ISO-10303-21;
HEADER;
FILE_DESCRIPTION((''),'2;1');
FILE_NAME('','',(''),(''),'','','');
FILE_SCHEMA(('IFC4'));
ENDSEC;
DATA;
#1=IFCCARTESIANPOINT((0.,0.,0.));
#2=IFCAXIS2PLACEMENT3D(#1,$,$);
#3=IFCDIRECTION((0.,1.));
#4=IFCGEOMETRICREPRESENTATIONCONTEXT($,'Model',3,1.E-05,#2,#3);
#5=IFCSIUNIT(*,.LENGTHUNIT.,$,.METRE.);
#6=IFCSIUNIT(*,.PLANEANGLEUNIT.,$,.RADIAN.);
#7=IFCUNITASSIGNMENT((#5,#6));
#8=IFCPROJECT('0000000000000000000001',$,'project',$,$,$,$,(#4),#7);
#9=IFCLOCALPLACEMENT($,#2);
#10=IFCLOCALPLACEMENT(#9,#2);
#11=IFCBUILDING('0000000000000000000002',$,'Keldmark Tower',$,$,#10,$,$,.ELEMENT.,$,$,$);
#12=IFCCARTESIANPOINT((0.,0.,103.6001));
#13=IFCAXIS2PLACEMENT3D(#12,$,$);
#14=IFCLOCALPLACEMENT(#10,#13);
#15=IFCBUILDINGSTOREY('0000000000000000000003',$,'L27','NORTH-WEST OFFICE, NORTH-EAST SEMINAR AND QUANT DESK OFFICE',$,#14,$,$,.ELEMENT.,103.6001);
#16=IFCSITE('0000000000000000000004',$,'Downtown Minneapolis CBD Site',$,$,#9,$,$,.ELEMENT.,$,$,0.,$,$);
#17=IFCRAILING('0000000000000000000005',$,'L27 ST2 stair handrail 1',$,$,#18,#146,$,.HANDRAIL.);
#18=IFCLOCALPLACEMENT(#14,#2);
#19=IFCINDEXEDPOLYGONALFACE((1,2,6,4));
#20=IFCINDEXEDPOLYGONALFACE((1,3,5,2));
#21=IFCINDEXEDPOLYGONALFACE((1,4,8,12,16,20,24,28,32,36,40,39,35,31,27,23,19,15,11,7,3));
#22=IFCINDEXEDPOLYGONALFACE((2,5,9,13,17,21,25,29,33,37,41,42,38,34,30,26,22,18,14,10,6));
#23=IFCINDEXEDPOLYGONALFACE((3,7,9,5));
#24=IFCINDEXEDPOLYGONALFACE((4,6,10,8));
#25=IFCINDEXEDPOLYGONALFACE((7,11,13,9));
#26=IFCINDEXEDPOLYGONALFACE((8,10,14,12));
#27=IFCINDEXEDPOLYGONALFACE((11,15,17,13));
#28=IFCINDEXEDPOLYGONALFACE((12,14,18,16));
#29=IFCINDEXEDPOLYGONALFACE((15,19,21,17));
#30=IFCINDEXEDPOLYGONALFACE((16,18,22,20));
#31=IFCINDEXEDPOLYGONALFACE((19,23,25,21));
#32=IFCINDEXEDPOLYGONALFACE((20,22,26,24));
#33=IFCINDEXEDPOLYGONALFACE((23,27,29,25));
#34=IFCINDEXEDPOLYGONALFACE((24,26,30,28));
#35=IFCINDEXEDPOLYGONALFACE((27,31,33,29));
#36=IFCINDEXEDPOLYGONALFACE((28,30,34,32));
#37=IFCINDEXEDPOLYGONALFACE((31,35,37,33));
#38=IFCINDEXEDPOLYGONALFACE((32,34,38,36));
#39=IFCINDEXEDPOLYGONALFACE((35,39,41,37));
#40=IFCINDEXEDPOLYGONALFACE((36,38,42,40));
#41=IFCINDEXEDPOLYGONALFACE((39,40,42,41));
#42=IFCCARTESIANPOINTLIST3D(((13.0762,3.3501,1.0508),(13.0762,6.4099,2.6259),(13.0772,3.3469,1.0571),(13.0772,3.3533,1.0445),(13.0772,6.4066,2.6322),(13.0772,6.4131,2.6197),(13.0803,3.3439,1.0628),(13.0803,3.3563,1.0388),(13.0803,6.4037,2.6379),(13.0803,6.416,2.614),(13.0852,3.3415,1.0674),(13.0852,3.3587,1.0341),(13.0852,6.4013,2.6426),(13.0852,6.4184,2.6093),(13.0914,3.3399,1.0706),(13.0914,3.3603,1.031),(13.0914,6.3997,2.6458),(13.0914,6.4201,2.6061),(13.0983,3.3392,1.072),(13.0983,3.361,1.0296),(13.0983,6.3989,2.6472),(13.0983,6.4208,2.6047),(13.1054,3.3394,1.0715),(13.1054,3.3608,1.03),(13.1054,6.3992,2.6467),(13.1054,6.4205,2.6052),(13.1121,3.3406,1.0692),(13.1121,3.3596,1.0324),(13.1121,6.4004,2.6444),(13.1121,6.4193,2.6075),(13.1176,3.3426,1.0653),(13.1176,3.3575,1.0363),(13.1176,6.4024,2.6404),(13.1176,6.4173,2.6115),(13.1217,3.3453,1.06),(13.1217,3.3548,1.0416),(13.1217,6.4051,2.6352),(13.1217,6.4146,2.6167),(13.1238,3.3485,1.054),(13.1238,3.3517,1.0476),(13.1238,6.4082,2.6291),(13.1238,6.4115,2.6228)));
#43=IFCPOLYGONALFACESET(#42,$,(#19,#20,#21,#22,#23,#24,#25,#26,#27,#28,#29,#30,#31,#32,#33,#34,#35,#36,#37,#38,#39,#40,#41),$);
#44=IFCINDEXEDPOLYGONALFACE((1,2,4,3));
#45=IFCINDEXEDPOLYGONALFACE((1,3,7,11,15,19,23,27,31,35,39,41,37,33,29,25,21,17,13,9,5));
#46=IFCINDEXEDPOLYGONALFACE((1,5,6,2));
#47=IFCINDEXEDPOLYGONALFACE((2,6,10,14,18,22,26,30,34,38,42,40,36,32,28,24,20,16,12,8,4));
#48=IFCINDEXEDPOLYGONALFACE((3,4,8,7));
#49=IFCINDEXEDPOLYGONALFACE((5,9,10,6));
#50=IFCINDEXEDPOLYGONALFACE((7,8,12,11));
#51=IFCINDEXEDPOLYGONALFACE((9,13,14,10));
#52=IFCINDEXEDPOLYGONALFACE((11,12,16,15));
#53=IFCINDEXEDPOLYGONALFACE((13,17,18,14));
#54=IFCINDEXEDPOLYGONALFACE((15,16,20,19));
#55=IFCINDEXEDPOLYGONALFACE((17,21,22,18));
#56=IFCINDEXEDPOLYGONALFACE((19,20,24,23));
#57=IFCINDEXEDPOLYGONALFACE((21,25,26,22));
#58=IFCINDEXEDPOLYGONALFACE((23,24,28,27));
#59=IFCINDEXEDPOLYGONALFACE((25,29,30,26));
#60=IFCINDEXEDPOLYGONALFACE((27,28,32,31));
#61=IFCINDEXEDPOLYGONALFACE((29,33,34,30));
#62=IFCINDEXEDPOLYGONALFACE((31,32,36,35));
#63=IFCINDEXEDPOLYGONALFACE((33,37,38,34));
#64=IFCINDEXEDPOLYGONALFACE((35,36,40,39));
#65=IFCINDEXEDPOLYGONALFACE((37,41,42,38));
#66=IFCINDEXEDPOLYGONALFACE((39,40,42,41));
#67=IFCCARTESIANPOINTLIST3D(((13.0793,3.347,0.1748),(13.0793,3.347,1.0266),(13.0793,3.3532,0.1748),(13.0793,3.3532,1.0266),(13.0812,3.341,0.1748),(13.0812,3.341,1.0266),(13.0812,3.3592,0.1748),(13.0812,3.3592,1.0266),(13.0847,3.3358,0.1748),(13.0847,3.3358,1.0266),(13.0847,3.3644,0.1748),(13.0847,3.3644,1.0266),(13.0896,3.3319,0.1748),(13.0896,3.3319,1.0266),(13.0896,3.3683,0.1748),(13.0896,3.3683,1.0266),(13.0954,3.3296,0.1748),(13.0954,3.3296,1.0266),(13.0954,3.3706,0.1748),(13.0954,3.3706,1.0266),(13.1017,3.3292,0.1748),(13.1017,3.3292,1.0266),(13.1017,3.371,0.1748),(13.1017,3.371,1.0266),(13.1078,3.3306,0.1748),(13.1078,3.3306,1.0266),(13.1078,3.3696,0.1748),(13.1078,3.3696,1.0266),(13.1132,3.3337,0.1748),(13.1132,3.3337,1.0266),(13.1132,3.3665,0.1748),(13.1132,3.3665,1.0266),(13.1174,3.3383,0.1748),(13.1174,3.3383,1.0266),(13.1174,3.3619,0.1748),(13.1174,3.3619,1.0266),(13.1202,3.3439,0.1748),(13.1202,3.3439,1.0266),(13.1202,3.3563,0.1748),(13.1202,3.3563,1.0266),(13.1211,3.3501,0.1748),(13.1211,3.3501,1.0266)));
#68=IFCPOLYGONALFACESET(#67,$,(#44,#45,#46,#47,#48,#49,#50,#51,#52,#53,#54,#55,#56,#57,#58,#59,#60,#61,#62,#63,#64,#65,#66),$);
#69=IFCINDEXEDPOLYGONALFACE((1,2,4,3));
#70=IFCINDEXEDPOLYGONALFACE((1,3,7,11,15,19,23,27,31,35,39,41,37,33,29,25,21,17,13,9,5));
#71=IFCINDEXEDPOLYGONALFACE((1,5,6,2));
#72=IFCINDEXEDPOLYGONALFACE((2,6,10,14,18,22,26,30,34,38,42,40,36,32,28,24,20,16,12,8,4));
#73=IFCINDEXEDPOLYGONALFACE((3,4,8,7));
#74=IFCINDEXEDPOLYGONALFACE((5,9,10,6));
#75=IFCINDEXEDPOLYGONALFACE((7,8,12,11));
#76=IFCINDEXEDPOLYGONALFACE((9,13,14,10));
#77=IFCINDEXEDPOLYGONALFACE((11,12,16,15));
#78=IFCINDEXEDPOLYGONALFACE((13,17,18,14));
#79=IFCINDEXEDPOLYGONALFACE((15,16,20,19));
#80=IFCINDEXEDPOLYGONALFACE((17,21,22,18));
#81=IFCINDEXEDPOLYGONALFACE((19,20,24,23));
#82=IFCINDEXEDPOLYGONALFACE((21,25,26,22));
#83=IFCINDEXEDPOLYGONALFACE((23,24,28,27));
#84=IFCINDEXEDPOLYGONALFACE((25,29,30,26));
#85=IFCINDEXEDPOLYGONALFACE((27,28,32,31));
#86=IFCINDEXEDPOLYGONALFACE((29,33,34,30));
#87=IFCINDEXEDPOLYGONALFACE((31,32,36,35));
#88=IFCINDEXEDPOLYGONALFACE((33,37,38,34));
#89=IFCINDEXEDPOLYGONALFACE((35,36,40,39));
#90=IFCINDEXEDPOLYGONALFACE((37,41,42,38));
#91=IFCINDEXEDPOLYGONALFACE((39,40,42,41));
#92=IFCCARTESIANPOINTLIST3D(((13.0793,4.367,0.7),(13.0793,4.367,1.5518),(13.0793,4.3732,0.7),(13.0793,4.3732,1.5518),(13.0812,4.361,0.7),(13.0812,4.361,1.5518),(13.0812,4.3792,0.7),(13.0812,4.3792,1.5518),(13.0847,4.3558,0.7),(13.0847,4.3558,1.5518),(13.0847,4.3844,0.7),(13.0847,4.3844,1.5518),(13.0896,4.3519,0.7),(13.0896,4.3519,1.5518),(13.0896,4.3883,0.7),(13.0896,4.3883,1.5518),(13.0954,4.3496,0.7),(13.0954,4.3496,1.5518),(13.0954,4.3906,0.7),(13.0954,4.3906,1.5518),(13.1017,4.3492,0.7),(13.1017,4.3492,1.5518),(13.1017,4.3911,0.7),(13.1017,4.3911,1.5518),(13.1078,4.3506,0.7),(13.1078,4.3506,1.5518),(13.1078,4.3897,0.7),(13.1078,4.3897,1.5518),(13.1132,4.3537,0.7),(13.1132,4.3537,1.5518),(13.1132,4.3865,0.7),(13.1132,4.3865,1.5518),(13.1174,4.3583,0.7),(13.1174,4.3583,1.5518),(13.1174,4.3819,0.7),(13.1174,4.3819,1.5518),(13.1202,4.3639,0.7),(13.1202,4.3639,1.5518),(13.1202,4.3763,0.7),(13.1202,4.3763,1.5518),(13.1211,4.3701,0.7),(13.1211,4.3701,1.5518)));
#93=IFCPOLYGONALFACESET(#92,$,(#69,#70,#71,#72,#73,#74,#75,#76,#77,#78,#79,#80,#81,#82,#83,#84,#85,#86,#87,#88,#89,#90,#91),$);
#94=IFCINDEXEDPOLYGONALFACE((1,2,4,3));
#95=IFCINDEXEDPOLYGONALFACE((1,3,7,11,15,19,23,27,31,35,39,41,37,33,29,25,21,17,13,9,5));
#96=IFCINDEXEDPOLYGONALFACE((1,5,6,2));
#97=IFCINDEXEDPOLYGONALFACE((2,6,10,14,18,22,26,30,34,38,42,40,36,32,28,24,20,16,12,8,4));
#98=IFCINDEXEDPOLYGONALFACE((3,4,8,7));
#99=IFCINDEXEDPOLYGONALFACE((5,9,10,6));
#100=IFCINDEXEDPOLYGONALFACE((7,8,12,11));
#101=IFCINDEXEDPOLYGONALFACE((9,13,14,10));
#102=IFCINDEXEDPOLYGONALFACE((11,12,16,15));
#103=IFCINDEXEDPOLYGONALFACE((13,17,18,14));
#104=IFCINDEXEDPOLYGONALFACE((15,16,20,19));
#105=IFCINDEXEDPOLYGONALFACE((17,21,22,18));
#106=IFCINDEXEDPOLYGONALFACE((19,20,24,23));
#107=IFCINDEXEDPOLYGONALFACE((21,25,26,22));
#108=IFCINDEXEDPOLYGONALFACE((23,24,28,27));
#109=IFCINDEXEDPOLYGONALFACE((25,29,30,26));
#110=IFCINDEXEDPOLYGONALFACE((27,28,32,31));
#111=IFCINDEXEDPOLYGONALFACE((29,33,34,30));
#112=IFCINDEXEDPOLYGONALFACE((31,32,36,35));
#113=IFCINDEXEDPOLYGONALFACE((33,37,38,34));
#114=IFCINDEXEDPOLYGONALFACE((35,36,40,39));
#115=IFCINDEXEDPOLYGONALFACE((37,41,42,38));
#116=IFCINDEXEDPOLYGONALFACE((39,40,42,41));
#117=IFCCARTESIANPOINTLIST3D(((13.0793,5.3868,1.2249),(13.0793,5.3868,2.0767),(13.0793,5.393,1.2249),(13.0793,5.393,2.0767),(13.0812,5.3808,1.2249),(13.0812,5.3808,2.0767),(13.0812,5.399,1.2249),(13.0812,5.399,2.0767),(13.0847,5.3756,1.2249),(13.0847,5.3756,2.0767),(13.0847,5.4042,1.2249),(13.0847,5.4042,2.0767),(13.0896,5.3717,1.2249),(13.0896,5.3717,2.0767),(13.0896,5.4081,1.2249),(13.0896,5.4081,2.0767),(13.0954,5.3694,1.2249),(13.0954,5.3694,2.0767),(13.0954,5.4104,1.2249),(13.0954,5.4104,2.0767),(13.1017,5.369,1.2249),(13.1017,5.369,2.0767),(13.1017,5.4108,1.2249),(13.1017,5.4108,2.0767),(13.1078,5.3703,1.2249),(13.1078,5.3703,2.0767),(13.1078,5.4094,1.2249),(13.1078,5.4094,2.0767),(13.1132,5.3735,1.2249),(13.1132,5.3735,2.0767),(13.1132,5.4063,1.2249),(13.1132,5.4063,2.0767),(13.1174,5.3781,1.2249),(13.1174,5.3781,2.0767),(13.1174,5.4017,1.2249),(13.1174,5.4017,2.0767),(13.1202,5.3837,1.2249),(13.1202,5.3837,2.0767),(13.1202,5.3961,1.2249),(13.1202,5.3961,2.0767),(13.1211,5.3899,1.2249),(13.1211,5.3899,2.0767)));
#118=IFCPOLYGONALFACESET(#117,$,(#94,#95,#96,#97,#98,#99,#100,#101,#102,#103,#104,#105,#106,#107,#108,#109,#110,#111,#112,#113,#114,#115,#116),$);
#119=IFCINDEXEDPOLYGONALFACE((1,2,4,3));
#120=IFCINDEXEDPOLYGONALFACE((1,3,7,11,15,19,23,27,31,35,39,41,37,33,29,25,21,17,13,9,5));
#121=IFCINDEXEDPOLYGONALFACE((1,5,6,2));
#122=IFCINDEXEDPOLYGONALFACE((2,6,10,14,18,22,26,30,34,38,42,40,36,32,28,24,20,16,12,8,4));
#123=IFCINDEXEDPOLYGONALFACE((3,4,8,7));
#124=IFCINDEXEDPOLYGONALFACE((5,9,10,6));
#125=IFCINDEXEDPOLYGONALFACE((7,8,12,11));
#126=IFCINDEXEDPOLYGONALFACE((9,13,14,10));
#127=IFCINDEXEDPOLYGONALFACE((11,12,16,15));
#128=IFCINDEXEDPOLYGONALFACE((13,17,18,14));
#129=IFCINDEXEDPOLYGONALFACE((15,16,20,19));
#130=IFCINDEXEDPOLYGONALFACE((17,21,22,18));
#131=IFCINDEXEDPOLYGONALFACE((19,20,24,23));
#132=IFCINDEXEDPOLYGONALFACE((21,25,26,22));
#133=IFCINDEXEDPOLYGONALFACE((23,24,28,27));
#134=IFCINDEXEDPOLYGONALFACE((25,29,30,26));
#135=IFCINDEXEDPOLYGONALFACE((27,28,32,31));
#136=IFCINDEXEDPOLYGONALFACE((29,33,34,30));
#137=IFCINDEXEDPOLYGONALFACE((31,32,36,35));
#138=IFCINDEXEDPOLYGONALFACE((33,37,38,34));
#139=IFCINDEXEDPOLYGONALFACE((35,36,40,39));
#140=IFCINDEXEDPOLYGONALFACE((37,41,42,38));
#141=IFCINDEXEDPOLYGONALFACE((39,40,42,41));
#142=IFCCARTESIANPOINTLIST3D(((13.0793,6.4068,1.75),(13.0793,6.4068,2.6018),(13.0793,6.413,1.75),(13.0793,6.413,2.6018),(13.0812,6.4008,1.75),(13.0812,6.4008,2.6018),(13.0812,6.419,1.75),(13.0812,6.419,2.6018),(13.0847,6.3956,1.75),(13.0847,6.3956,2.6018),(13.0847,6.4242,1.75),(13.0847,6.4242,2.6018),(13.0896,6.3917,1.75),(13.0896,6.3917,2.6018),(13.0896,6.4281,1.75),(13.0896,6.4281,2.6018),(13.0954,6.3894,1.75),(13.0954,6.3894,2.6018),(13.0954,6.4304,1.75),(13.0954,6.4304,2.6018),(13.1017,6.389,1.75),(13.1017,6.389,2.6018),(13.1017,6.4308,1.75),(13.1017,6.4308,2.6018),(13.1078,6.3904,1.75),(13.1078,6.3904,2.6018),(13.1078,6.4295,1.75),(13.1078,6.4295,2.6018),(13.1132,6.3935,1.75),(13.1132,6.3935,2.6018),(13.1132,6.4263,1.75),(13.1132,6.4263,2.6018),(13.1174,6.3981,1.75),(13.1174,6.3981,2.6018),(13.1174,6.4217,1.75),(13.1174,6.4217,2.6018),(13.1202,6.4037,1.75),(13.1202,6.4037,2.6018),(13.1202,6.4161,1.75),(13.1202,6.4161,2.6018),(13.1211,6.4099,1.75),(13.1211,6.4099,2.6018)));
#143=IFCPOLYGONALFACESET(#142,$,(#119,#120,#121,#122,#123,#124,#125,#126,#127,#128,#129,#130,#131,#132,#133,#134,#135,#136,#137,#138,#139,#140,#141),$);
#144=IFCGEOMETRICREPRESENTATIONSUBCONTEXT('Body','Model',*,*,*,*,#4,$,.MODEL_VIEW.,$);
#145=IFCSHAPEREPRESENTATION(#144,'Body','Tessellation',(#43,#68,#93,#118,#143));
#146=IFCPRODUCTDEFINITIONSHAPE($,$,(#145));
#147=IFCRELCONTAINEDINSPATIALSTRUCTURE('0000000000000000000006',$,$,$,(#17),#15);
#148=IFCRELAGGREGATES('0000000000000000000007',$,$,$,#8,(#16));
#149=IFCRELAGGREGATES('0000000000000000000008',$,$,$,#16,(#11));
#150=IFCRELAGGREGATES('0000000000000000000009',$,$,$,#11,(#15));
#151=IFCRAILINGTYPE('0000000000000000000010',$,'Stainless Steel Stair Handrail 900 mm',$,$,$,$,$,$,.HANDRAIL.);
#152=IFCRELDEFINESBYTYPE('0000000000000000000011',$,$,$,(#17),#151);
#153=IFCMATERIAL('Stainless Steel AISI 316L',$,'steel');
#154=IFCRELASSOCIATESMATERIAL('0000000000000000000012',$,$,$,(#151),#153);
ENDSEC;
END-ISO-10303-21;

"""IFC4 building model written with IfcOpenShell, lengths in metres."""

from ifc_helpers import new_model, si_unit, direction, frame, origin, origin_2d, place, context, subcontext, project, spatial, circle, extrude, material, type_object, element, save


model = new_model("IFC4")

# Units and contexts
model_context = context("Model", 3, precision=1e-05, world=origin(), true_north=direction((0.0, 1.0)))
body_context = subcontext(model_context, "Body", "Model", "MODEL_VIEW")
ifc_project = project(units=[si_unit("LENGTHUNIT", "METRE"), si_unit("PLANEANGLEUNIT", "RADIAN")], contexts=[model_context])

# Site, building, storey
site_placement = place(None, origin())
site = spatial("IfcSite", under=ifc_project, at=site_placement, Name="Downtown Minneapolis CBD Site", CompositionType="ELEMENT", RefElevation=0.0)
building_placement = place(site_placement, origin())
building = spatial("IfcBuilding", under=site, at=building_placement, Name="Keldmark Tower", CompositionType="ELEMENT")
storey_placement = place(building_placement, frame((0.0, 0.0, 103.6001)))
storey = spatial("IfcBuildingStorey", under=building, at=storey_placement, Name="L27", Description="NORTH-WEST OFFICE, NORTH-EAST SEMINAR AND QUANT DESK OFFICE", CompositionType="ELEMENT", Elevation=103.6001)

# Railing
ifc_material_1 = material(Name="Stainless Steel AISI 316L", Category="steel")
railing_type = type_object("IfcRailingType", Name="Stainless Steel Stair Handrail 900 mm", PredefinedType="HANDRAIL", material=ifc_material_1)
railing_placement = place(storey_placement, frame((13.1001, 3.3501, 0.1748)))
element("IfcRailing", 1, at=railing_placement, inside=storey, type_object=railing_type, Name="L27 ST2 stair handrail 1", PredefinedType="HANDRAIL", context=body_context, shape_type="SweptSolid", body=[
    extrude(circle(Radius=0.0239, at=origin_2d()), frame((0.0, 0.0, 0.876), z_axis=(0.0, 0.889101, 0.45771), x_axis=(-1.0, 0.0, 0.0)), (0.0, 0.0, 1.0), 3.4414),
    extrude(circle(Radius=0.021, at=origin_2d()), origin(), (0.0, 0.0, 1.0), 0.8518),
    extrude(circle(Radius=0.021, at=origin_2d()), frame((0.0, 1.02, 0.5251)), (0.0, 0.0, 1.0), 0.8518),
    extrude(circle(Radius=0.021, at=origin_2d()), frame((0.0, 2.0398, 1.05)), (0.0, 0.0, 1.0), 0.8518),
    extrude(circle(Radius=0.021, at=origin_2d()), frame((0.0, 3.0598, 1.5752)), (0.0, 0.0, 1.0), 0.8518),
])

save(model, "model.ifc")
